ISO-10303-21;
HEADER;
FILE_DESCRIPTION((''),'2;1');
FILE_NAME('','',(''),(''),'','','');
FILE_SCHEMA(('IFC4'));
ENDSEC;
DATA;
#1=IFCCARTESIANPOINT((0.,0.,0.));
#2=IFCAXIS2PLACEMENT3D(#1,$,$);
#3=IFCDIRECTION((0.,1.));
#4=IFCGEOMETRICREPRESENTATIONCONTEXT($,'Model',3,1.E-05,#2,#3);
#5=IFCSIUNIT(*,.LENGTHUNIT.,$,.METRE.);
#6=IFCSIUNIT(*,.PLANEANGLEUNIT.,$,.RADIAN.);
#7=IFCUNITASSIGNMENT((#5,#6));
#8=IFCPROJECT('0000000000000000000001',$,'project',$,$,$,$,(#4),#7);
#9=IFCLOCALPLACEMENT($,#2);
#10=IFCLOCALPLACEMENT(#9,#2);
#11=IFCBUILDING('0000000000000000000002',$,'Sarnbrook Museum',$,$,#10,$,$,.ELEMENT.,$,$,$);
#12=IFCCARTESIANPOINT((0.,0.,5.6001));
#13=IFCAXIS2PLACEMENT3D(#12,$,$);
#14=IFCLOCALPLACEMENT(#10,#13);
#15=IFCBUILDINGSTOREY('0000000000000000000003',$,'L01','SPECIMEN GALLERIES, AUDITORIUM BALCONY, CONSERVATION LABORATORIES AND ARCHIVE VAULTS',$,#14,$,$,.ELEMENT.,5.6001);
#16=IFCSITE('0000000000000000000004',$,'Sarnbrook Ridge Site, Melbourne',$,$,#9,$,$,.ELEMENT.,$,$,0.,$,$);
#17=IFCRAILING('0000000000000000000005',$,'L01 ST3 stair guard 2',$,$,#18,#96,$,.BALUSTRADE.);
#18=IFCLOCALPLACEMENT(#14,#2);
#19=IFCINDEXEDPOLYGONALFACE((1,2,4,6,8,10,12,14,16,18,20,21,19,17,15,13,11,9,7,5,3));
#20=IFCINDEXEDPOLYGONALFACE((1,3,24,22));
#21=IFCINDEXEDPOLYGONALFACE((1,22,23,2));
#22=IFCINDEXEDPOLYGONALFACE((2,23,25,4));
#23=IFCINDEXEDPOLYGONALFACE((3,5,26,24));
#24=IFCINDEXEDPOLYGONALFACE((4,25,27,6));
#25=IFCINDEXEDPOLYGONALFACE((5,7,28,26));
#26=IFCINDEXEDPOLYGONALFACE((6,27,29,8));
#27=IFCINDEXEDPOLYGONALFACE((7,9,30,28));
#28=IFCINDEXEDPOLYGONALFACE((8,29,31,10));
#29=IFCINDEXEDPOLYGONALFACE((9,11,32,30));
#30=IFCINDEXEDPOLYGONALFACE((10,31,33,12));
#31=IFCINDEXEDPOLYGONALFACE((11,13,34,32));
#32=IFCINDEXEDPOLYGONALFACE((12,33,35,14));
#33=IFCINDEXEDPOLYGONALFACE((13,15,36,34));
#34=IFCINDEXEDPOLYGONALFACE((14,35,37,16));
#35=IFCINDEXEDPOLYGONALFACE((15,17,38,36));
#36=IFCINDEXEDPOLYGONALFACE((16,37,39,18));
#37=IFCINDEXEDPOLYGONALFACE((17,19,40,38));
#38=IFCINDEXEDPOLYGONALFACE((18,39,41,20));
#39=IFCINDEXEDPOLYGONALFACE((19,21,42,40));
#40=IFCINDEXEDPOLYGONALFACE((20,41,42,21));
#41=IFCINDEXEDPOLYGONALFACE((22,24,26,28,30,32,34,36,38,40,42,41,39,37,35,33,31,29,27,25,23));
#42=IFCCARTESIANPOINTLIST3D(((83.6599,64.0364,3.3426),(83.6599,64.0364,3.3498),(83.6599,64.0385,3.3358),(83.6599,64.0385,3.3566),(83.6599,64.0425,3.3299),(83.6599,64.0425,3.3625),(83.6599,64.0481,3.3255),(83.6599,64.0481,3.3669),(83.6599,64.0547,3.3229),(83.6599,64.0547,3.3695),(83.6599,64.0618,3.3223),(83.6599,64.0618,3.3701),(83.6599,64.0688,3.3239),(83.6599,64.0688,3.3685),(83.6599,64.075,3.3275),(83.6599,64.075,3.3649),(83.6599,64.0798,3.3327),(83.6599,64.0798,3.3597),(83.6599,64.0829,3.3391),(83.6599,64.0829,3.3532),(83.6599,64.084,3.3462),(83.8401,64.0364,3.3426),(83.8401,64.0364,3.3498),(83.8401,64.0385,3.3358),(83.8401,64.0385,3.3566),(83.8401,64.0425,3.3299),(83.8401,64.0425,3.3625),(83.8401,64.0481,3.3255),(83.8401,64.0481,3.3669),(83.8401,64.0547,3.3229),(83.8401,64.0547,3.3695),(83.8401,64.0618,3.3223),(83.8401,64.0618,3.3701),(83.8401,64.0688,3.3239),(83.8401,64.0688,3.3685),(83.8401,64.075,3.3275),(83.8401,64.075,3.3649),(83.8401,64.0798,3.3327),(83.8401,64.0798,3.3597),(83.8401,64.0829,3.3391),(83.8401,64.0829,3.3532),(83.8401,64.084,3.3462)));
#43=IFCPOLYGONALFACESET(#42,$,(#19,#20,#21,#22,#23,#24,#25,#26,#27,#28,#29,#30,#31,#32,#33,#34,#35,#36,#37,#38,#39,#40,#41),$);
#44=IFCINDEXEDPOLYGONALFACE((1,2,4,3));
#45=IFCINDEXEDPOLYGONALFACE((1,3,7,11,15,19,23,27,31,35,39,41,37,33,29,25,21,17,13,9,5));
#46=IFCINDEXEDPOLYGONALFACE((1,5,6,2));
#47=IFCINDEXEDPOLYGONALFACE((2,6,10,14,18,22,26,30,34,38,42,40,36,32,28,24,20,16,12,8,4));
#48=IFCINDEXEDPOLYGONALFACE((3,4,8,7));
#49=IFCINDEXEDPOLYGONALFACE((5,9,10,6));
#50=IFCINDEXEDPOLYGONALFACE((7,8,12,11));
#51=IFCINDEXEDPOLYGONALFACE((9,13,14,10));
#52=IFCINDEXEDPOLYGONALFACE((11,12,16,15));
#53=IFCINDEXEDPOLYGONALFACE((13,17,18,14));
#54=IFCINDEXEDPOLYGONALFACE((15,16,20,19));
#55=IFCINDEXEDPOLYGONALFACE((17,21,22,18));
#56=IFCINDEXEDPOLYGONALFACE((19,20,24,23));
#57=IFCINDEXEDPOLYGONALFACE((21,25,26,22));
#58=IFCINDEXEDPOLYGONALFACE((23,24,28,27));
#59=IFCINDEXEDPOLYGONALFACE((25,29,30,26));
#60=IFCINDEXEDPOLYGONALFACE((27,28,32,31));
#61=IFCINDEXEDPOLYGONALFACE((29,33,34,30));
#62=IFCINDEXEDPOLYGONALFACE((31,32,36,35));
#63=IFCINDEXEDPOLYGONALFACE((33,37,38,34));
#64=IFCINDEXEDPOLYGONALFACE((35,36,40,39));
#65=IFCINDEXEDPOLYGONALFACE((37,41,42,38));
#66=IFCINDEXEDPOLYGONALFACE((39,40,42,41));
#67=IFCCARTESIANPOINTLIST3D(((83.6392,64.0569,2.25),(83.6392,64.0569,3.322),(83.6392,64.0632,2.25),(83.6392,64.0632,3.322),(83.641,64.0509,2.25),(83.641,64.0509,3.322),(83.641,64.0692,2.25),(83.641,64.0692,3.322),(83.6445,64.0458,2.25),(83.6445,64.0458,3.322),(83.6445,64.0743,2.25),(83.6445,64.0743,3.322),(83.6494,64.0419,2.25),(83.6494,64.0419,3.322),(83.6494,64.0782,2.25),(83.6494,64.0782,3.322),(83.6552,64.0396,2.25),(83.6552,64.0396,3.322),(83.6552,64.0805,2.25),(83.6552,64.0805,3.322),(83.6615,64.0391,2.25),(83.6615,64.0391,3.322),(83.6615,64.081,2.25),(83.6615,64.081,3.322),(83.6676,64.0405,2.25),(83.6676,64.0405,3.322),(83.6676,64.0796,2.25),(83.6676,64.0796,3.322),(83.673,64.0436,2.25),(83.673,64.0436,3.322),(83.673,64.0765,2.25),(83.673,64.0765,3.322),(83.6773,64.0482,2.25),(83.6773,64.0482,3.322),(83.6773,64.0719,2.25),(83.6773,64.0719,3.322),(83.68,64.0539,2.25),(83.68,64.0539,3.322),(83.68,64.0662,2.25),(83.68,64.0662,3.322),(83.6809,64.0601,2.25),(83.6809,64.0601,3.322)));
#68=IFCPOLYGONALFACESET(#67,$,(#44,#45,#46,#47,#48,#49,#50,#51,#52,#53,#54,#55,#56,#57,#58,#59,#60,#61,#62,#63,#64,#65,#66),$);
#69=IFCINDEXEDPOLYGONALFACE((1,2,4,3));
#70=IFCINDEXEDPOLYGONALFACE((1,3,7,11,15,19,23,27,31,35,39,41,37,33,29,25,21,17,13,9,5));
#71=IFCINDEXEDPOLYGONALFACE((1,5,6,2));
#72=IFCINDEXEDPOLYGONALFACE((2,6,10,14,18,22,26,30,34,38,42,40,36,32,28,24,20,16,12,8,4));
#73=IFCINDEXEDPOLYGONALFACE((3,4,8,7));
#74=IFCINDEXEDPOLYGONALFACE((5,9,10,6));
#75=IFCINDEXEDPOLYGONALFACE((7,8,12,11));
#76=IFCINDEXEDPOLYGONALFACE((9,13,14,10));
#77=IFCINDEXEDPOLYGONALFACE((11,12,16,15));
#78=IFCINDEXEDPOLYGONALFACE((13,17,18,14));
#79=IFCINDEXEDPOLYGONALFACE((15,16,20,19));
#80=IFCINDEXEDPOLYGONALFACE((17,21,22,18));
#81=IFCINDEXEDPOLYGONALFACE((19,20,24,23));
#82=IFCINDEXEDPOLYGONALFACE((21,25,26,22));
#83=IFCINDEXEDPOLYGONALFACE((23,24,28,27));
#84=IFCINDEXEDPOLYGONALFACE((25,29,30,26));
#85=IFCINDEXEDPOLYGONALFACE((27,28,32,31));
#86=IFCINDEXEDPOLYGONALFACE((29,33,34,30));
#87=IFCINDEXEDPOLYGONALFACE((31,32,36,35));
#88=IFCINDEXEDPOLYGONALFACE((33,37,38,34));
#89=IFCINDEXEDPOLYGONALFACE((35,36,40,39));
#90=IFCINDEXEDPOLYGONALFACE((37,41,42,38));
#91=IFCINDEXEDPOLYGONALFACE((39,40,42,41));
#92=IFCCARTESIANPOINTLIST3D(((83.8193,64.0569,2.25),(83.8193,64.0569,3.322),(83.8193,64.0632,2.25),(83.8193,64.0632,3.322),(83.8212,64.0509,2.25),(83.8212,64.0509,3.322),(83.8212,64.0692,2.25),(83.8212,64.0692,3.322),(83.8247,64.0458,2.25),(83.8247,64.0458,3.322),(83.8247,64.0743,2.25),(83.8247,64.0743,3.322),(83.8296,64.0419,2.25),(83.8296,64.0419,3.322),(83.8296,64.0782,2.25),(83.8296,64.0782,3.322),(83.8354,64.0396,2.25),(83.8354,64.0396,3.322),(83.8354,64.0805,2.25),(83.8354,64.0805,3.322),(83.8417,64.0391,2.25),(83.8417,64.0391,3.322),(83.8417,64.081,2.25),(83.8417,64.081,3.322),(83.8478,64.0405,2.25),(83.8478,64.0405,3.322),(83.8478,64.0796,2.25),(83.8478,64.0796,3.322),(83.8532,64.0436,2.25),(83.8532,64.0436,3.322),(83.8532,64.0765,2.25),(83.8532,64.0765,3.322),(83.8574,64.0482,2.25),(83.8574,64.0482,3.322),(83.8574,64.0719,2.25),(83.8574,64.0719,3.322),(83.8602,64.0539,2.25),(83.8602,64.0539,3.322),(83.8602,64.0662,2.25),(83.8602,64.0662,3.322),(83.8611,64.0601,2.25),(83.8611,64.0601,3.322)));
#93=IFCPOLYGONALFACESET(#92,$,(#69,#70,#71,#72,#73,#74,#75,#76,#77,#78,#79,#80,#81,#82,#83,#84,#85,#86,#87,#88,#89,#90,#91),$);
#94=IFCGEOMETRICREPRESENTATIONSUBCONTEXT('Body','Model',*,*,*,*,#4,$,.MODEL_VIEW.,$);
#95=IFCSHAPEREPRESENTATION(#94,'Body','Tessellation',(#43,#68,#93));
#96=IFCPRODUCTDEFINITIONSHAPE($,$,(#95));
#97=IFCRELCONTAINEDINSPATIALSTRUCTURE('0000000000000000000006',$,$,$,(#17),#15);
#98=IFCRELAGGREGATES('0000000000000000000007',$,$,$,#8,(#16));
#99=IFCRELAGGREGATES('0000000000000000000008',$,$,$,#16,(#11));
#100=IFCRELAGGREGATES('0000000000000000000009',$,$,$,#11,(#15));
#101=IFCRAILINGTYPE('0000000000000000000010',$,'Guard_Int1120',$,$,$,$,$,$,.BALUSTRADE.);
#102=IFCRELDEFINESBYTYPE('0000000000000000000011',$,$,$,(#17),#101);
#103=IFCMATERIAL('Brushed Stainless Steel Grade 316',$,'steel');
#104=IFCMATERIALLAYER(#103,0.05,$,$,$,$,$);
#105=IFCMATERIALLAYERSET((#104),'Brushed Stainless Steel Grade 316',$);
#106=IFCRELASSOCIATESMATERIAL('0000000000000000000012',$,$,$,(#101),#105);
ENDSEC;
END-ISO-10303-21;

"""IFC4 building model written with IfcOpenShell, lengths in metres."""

from ifc_helpers import new_model, si_unit, direction, frame, origin, origin_2d, place, context, subcontext, project, spatial, circle, extrude, material, layer, layer_set, type_object, element, save


model = new_model("IFC4")

# Units and contexts
model_context = context("Model", 3, precision=1e-05, world=origin(), true_north=direction((0.0, 1.0)))
body_context = subcontext(model_context, "Body", "Model", "MODEL_VIEW")
ifc_project = project(units=[si_unit("LENGTHUNIT", "METRE"), si_unit("PLANEANGLEUNIT", "RADIAN")], contexts=[model_context])

# Site, building, storey
site_placement = place(None, origin())
site = spatial("IfcSite", under=ifc_project, at=site_placement, Name="Sarnbrook Ridge Site, Melbourne", CompositionType="ELEMENT", RefElevation=0.0)
building_placement = place(site_placement, origin())
building = spatial("IfcBuilding", under=site, at=building_placement, Name="Sarnbrook Museum", CompositionType="ELEMENT")
storey_placement = place(building_placement, frame((0.0, 0.0, 5.6001)))
storey = spatial("IfcBuildingStorey", under=building, at=storey_placement, Name="L01", Description="SPECIMEN GALLERIES, AUDITORIUM BALCONY, CONSERVATION LABORATORIES AND ARCHIVE VAULTS", CompositionType="ELEMENT", Elevation=5.6001)

# Shared definitions
ifc_material_1 = material(Name="Brushed Stainless Steel Grade 316", Category="steel")

# Railing
ifc_layer_1 = layer(ifc_material_1, 0.05)
ifc_layer_set_1 = layer_set([ifc_layer_1], Name="Brushed Stainless Steel Grade 316")
railing_type_1 = type_object("IfcRailingType", Name="Guard_Int1120", PredefinedType="BALUSTRADE", material=ifc_layer_set_1)
railing_1_placement = place(storey_placement, frame((83.6599, 64.0601, 2.25)))
element("IfcRailing", 1, at=railing_1_placement, inside=storey, type_object=railing_type_1, Name="L01 ST3 stair guard 2", PredefinedType="BALUSTRADE", context=body_context, shape_type="SweptSolid", body=[
    extrude(circle(Radius=0.0239, at=origin_2d()), frame((0.0, 0.0, 1.0962), z_axis=(1.0, 0.0, 0.0), x_axis=(0.0, 1.0, 0.0)), (0.0, 0.0, 1.0), 0.1802),
    extrude(circle(Radius=0.021, at=origin_2d()), origin(), (0.0, 0.0, 1.0), 1.072),
    extrude(circle(Radius=0.021, at=origin_2d()), frame((0.1802, 0.0, 0.0)), (0.0, 0.0, 1.0), 1.072),
])

save(model, "model.ifc")
